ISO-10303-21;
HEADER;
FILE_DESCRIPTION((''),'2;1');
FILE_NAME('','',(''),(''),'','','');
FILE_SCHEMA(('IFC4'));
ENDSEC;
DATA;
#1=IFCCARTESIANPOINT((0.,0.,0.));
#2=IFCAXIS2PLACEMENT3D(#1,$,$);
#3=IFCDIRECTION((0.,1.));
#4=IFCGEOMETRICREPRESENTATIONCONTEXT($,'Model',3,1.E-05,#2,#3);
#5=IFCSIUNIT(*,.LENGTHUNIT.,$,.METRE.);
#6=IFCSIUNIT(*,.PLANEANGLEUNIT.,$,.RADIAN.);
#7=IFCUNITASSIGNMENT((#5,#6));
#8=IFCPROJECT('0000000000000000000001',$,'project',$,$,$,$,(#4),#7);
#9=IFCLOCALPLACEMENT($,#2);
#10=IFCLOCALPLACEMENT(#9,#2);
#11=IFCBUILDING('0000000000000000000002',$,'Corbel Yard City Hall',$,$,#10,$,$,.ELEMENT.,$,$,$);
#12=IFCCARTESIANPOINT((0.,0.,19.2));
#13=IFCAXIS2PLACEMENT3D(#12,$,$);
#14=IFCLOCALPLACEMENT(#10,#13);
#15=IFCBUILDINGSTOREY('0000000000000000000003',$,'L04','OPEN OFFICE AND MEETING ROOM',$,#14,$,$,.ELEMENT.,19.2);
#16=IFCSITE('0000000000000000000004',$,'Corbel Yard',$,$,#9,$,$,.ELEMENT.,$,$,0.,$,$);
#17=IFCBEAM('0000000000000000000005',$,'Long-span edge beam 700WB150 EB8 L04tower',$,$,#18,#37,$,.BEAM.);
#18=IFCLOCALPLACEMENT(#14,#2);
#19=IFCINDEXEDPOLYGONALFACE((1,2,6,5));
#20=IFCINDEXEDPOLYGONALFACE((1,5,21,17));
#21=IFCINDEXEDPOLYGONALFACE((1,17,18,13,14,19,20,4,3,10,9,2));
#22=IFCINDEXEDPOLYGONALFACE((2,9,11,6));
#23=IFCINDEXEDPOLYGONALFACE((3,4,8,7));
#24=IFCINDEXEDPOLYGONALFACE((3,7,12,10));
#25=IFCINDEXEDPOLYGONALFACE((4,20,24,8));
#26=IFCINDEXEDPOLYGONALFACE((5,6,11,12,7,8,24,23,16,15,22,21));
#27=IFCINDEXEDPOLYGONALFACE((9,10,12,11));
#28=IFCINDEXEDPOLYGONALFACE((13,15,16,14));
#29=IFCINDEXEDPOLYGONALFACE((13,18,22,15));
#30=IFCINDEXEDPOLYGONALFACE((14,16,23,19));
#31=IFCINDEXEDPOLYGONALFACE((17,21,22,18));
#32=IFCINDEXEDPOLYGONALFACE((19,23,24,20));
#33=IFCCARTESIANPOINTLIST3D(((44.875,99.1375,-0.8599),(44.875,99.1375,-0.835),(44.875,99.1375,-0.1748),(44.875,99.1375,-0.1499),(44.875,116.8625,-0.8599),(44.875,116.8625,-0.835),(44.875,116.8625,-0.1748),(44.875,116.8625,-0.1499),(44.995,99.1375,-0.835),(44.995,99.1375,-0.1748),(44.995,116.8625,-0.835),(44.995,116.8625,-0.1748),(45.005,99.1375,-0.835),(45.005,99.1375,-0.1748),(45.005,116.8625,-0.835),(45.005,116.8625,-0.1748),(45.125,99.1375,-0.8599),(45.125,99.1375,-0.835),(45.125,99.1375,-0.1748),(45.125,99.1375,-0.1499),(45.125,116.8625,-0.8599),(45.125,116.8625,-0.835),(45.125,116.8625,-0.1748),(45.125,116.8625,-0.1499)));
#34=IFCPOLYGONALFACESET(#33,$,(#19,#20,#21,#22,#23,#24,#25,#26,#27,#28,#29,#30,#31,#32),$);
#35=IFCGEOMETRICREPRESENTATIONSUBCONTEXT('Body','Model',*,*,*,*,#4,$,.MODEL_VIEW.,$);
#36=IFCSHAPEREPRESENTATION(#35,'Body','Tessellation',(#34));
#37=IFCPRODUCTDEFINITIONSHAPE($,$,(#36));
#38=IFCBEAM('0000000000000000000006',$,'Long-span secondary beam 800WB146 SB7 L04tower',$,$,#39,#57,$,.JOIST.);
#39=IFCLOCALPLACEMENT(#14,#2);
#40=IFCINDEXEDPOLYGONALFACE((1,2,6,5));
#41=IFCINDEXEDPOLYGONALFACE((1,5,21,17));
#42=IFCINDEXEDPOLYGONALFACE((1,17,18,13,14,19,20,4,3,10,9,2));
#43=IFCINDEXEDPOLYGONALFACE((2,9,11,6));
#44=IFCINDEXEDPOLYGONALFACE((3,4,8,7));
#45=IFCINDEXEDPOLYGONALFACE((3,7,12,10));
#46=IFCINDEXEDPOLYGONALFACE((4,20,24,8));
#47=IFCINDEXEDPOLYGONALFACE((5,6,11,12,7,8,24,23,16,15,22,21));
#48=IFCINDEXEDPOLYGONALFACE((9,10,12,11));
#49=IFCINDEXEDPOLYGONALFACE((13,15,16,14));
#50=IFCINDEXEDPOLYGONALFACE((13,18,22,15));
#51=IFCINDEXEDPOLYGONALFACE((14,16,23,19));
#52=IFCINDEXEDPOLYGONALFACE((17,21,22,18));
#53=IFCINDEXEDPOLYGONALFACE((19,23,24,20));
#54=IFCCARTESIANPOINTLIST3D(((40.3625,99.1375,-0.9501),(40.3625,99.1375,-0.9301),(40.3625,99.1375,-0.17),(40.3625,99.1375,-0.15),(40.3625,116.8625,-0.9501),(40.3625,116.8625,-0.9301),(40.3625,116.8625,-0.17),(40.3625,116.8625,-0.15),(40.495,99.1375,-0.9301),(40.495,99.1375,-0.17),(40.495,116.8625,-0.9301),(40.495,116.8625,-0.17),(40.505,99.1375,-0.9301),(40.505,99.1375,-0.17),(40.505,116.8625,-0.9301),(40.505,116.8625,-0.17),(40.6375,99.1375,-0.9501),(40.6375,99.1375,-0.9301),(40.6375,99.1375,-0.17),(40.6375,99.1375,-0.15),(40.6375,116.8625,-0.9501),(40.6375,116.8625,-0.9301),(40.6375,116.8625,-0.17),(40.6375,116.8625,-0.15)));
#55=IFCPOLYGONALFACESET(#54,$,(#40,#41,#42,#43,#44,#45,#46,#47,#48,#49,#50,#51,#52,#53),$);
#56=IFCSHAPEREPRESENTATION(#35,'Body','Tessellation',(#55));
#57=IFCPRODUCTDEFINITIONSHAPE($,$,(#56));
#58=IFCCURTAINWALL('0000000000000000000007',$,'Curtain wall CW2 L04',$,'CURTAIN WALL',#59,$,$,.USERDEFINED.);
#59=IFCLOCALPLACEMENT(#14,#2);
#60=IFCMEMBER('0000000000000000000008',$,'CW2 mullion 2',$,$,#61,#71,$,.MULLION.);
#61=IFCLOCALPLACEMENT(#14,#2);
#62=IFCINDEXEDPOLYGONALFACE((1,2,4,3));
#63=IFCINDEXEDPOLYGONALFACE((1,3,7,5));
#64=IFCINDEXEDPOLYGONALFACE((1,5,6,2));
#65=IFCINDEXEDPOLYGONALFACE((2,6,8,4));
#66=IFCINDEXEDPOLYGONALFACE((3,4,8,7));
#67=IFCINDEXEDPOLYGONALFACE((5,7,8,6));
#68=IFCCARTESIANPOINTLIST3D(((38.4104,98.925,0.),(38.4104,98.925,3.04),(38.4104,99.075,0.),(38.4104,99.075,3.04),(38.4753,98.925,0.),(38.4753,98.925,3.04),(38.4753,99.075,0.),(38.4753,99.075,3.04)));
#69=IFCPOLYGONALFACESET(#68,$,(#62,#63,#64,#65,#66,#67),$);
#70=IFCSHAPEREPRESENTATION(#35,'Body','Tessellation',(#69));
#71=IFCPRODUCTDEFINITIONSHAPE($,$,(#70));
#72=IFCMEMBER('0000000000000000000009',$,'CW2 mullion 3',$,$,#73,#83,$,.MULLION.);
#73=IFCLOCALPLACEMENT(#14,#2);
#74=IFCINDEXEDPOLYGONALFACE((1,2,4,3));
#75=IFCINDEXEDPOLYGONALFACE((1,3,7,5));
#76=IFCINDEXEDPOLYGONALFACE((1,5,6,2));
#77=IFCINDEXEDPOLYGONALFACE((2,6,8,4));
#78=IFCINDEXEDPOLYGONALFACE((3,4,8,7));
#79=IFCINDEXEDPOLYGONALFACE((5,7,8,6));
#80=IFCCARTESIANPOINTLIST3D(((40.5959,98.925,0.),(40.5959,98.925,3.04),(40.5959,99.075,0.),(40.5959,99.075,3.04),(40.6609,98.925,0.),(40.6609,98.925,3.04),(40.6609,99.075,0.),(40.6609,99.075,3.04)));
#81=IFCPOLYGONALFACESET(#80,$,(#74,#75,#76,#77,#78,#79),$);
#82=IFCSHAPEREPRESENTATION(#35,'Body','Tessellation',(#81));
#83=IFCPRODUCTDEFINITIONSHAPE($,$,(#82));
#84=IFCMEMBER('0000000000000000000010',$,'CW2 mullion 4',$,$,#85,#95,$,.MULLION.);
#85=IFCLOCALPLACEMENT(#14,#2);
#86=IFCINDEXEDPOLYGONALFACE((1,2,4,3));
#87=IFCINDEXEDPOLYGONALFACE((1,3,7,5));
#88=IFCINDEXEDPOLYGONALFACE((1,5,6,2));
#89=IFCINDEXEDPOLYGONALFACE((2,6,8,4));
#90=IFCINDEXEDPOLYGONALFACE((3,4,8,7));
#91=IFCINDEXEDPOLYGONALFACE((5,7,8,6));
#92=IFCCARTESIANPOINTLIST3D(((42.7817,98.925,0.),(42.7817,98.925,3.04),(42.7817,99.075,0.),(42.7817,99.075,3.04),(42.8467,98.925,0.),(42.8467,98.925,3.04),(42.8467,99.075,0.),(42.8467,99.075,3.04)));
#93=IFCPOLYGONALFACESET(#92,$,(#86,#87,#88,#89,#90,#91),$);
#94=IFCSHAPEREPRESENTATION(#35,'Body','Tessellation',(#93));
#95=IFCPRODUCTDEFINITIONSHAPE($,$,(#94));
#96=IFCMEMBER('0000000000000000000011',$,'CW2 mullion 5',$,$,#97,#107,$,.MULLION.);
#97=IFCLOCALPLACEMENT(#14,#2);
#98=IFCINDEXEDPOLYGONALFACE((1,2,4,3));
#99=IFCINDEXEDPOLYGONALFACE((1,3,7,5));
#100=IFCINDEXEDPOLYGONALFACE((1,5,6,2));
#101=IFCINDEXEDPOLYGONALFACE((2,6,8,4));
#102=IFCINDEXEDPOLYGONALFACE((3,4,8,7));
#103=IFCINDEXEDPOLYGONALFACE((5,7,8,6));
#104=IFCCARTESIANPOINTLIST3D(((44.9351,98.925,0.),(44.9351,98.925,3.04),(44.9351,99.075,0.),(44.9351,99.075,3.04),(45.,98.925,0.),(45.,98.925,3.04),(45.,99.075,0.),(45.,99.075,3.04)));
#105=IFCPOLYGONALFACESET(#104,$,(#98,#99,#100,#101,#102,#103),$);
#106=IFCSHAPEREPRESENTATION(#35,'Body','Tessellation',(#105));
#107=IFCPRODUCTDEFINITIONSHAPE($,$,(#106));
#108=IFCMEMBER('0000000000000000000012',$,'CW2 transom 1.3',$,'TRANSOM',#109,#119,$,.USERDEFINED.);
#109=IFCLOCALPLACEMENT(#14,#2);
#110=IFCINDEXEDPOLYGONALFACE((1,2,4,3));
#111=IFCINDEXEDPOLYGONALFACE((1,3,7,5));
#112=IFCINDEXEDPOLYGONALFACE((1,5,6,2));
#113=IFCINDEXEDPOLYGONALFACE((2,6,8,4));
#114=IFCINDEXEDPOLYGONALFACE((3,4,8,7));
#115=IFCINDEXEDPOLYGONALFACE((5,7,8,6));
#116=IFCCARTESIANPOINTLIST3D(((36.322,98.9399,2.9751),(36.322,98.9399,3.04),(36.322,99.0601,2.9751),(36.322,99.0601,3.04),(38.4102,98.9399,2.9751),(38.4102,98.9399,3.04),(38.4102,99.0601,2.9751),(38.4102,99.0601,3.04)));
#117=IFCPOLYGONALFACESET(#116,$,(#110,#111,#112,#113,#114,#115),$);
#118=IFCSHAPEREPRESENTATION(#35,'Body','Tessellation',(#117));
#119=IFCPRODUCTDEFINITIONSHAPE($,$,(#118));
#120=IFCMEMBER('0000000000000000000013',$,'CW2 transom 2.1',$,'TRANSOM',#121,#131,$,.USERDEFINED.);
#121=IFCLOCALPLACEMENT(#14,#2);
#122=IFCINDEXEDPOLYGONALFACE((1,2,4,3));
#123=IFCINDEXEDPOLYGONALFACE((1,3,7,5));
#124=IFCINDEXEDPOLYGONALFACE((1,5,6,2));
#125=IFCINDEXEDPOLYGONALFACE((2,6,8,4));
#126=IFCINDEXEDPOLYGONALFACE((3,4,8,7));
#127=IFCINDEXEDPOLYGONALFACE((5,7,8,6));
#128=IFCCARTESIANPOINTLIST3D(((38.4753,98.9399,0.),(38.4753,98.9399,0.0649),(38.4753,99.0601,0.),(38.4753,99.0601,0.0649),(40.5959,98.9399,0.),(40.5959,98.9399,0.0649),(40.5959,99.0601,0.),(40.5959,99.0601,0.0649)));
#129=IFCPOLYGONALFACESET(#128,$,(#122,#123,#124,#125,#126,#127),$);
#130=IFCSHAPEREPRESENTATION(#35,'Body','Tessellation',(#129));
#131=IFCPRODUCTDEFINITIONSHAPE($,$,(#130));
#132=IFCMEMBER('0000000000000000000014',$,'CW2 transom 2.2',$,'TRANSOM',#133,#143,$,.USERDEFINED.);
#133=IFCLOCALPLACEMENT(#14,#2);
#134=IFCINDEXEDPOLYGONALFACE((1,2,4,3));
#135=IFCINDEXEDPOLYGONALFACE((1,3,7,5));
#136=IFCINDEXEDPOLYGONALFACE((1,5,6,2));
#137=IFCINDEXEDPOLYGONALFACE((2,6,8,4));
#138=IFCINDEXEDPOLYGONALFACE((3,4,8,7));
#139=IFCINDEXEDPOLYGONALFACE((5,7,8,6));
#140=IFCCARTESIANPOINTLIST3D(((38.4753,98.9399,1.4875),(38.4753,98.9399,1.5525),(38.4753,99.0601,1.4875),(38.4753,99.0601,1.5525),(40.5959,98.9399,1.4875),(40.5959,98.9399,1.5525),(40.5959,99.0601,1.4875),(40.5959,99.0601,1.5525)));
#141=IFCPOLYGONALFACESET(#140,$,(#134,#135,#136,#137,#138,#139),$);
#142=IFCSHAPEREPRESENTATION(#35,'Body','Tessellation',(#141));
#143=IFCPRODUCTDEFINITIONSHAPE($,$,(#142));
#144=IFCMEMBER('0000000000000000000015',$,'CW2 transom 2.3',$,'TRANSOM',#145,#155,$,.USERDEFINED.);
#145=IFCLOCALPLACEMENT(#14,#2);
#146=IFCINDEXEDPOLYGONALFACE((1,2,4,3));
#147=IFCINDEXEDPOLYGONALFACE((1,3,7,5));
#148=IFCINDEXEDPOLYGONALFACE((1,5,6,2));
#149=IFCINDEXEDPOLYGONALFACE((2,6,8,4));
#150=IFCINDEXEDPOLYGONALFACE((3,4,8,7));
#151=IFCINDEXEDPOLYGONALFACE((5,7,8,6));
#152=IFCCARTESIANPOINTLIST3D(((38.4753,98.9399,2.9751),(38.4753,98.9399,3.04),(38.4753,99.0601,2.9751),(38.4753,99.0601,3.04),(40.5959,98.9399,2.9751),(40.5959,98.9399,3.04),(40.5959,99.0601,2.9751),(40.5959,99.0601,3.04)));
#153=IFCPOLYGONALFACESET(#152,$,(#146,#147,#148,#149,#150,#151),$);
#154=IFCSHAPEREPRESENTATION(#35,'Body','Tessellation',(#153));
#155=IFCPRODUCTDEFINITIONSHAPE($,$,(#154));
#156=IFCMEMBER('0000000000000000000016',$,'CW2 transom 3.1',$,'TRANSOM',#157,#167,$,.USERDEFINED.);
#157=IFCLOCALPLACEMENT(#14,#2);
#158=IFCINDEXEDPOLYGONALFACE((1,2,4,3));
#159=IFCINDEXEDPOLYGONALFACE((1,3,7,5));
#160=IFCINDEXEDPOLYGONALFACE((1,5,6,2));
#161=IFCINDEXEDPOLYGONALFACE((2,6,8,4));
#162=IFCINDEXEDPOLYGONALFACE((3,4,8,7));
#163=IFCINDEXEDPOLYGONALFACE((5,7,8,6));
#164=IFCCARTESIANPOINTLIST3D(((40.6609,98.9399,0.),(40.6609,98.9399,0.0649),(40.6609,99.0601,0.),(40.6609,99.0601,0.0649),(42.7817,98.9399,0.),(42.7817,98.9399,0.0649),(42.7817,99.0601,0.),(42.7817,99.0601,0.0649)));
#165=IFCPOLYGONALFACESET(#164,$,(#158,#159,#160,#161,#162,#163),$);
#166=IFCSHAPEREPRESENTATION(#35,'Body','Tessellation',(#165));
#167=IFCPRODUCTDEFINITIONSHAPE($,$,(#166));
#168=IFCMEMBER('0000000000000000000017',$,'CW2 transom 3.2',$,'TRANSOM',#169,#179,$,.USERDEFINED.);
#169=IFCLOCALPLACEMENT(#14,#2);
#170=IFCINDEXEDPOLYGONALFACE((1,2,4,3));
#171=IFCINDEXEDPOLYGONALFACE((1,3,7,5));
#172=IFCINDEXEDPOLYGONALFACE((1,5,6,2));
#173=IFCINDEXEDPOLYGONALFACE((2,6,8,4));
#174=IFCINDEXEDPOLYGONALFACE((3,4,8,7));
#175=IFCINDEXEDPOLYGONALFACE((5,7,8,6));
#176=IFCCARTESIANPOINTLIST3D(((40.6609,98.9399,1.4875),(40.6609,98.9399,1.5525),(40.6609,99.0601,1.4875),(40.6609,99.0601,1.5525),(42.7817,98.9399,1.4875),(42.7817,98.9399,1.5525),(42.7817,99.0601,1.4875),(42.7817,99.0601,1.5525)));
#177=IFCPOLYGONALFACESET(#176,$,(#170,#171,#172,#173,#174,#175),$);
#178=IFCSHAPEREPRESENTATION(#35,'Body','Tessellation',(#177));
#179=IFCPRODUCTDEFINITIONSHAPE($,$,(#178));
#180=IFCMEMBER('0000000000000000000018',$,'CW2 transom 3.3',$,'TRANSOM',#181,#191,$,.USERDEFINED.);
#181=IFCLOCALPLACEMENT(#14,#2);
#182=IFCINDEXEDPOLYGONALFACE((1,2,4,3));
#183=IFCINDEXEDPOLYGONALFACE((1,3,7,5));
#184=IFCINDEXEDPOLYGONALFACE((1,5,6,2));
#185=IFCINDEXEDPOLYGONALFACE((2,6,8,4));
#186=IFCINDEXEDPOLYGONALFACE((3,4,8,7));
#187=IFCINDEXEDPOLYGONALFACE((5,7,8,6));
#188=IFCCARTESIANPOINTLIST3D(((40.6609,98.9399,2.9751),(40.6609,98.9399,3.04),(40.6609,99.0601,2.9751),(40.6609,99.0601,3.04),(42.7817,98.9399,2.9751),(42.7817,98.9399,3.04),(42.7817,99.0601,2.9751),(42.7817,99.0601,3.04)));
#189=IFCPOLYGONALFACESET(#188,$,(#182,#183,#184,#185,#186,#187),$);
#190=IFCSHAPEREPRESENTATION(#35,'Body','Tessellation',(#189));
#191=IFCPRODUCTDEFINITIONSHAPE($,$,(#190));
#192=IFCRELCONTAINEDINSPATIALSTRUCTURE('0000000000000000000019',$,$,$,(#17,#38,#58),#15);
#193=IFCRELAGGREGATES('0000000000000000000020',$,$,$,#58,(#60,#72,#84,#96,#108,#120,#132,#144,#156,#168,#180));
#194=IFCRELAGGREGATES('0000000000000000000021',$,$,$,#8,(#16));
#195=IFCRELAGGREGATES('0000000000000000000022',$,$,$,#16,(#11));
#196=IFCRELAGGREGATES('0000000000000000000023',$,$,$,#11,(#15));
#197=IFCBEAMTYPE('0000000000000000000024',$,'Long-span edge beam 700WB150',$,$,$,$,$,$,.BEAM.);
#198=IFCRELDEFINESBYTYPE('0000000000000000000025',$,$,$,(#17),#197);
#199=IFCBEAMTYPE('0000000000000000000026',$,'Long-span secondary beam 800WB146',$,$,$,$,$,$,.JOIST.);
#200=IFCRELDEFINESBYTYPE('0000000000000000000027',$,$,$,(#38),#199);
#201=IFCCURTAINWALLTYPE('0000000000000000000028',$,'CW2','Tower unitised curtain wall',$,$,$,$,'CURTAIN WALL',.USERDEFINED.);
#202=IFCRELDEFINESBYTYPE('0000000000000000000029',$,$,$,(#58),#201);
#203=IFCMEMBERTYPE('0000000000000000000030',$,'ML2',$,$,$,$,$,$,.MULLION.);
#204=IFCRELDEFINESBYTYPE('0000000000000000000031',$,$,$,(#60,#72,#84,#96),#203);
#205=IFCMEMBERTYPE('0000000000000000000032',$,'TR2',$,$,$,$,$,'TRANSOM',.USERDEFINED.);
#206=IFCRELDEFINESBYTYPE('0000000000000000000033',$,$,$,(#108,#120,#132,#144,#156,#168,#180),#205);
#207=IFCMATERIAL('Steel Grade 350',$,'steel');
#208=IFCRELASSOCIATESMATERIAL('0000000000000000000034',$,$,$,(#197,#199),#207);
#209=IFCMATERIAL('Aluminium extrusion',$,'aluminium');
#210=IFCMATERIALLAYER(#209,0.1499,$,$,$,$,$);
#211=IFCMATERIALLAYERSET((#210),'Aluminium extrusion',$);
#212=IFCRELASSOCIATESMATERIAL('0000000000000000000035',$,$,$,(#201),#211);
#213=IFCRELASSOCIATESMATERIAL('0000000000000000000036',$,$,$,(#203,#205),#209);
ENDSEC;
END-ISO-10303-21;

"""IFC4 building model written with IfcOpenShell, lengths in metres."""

from ifc_helpers import new_model, si_unit, direction, frame, origin, origin_2d, place, context, subcontext, project, spatial, rectangle, i_section, extrude, material, layer, layer_set, material_profile, profile_set, type_object, element, aggregate, save


model = new_model("IFC4")

# Units and contexts
model_context = context("Model", 3, precision=1e-05, world=origin(), true_north=direction((0.0, 1.0)))
body_context = subcontext(model_context, "Body", "Model", "MODEL_VIEW")
ifc_project = project(units=[si_unit("LENGTHUNIT", "METRE"), si_unit("PLANEANGLEUNIT", "RADIAN")], contexts=[model_context])

# Site, building, storey
site_placement = place(None, origin())
site = spatial("IfcSite", under=ifc_project, at=site_placement, Name="Corbel Yard", CompositionType="ELEMENT", RefElevation=0.0)
building_placement = place(site_placement, origin())
building = spatial("IfcBuilding", under=site, at=building_placement, Name="Corbel Yard City Hall", CompositionType="ELEMENT")
storey_placement = place(building_placement, frame((0.0, 0.0, 19.2)))
storey = spatial("IfcBuildingStorey", under=building, at=storey_placement, Name="L04", Description="OPEN OFFICE AND MEETING ROOM", CompositionType="ELEMENT", Elevation=19.2)

# Beams
ifc_material_1 = material(Name="Steel Grade 350", Category="steel")
ifc_material_profile_1 = material_profile(ifc_material_1, i_section(OverallWidth=0.25, OverallDepth=0.71, WebThickness=0.01, FlangeThickness=0.0249, at=origin_2d()), Name="700WB150")
ifc_profile_set_1 = profile_set([ifc_material_profile_1], Name="Steel Grade 350")
beam_type_1 = type_object("IfcBeamType", Name="Long-span edge beam 700WB150", PredefinedType="BEAM", material=ifc_profile_set_1)
beam_1_placement = place(storey_placement, frame((45.0, 99.1375, -0.5049), z_axis=(0.0, 1.0, 0.0), x_axis=(-1.0, 0.0, 0.0)))
element("IfcBeam", 1, at=beam_1_placement, inside=storey, type_object=beam_type_1, Name="Long-span edge beam 700WB150 EB8 L04tower", PredefinedType="BEAM", context=body_context, shape_type="SweptSolid", body=[
    extrude(i_section(OverallWidth=0.25, OverallDepth=0.71, WebThickness=0.01, FlangeThickness=0.0249, at=origin_2d()), origin(), (0.0, 0.0, 1.0), 17.7251),
])
ifc_material_profile_2 = material_profile(ifc_material_1, i_section(OverallWidth=0.2749, OverallDepth=0.8, WebThickness=0.01, FlangeThickness=0.02, at=origin_2d()), Name="800WB146")
ifc_profile_set_2 = profile_set([ifc_material_profile_2], Name="Steel Grade 350")
beam_type_2 = type_object("IfcBeamType", Name="Long-span secondary beam 800WB146", PredefinedType="JOIST", material=ifc_profile_set_2)
beam_2_placement = place(storey_placement, frame((40.5, 99.1375, -0.55), z_axis=(0.0, 1.0, 0.0), x_axis=(-1.0, 0.0, 0.0)))
element("IfcBeam", 2, at=beam_2_placement, inside=storey, type_object=beam_type_2, Name="Long-span secondary beam 800WB146 SB7 L04tower", PredefinedType="JOIST", context=body_context, shape_type="SweptSolid", body=[
    extrude(i_section(OverallWidth=0.2749, OverallDepth=0.8, WebThickness=0.01, FlangeThickness=0.02, at=origin_2d()), origin(), (0.0, 0.0, 1.0), 17.7251),
])

# Curtain wall, members
ifc_material_2 = material(Name="Aluminium extrusion", Category="aluminium")
ifc_layer_1 = layer(ifc_material_2, 0.1499)
ifc_layer_set_1 = layer_set([ifc_layer_1], Name="Aluminium extrusion")
curtain_wall_type = type_object("IfcCurtainWallType", Name="CW2", Description="Tower unitised curtain wall", ElementType="CURTAIN WALL", PredefinedType="USERDEFINED", material=ifc_layer_set_1)
curtain_wall_placement = place(storey_placement, origin())
curtain_wall = element("IfcCurtainWall", 3, at=curtain_wall_placement, inside=storey, type_object=curtain_wall_type, Name="Curtain wall CW2 L04", ObjectType="CURTAIN WALL", PredefinedType="USERDEFINED")
ifc_material_profile_3 = material_profile(ifc_material_2, rectangle(XDim=0.1499, YDim=0.0649, at=origin_2d()), Name="150x65")
ifc_profile_set_3 = profile_set([ifc_material_profile_3], Name="Aluminium extrusion")
member_type_1 = type_object("IfcMemberType", Name="ML2", PredefinedType="MULLION", material=ifc_profile_set_3)
member_1_placement = place(storey_placement, frame((38.4429, 99.0, 0.0), z_axis=(0.0, 0.0, 1.0), x_axis=(0.0, 1.0, 0.0)))
member_1 = element("IfcMember", 4, at=member_1_placement, type_object=member_type_1, Name="CW2 mullion 2", PredefinedType="MULLION", context=body_context, shape_type="SweptSolid", body=[
    extrude(rectangle(XDim=0.1499, YDim=0.0649, at=origin_2d()), origin(), (0.0, 0.0, 1.0), 3.04),
])
member_2_placement = place(storey_placement, frame((40.6284, 99.0, 0.0), z_axis=(0.0, 0.0, 1.0), x_axis=(0.0, 1.0, 0.0)))
member_2 = element("IfcMember", 5, at=member_2_placement, type_object=member_type_1, Name="CW2 mullion 3", PredefinedType="MULLION", context=body_context, shape_type="SweptSolid", body=[
    extrude(rectangle(XDim=0.1499, YDim=0.0649, at=origin_2d()), origin(), (0.0, 0.0, 1.0), 3.04),
])
member_3_placement = place(storey_placement, frame((42.8142, 99.0, 0.0), z_axis=(0.0, 0.0, 1.0), x_axis=(0.0, 1.0, 0.0)))
member_3 = element("IfcMember", 6, at=member_3_placement, type_object=member_type_1, Name="CW2 mullion 4", PredefinedType="MULLION", context=body_context, shape_type="SweptSolid", body=[
    extrude(rectangle(XDim=0.1499, YDim=0.0649, at=origin_2d()), origin(), (0.0, 0.0, 1.0), 3.04),
])
member_4_placement = place(storey_placement, frame((44.9675, 99.0, 0.0), z_axis=(0.0, 0.0, 1.0), x_axis=(0.0, 1.0, 0.0)))
member_4 = element("IfcMember", 7, at=member_4_placement, type_object=member_type_1, Name="CW2 mullion 5", PredefinedType="MULLION", context=body_context, shape_type="SweptSolid", body=[
    extrude(rectangle(XDim=0.1499, YDim=0.0649, at=origin_2d()), origin(), (0.0, 0.0, 1.0), 3.04),
])
ifc_material_profile_4 = material_profile(ifc_material_2, rectangle(XDim=0.1201, YDim=0.0649, at=origin_2d()), Name="120x65")
ifc_profile_set_4 = profile_set([ifc_material_profile_4], Name="Aluminium extrusion")
member_type_2 = type_object("IfcMemberType", Name="TR2", ElementType="TRANSOM", PredefinedType="USERDEFINED", material=ifc_profile_set_4)
member_5_placement = place(storey_placement, frame((36.322, 99.0, 3.0076), z_axis=(1.0, 0.0, 0.0), x_axis=(0.0, 1.0, 0.0)))
member_5 = element("IfcMember", 8, at=member_5_placement, type_object=member_type_2, Name="CW2 transom 1.3", ObjectType="TRANSOM", PredefinedType="USERDEFINED", context=body_context, shape_type="SweptSolid", body=[
    extrude(rectangle(XDim=0.1201, YDim=0.0649, at=origin_2d()), origin(), (0.0, 0.0, 1.0), 2.0881),
])
member_6_placement = place(storey_placement, frame((38.4753, 99.0, 0.0325), z_axis=(1.0, 0.0, 0.0), x_axis=(0.0, 1.0, 0.0)))
member_6 = element("IfcMember", 9, at=member_6_placement, type_object=member_type_2, Name="CW2 transom 2.1", ObjectType="TRANSOM", PredefinedType="USERDEFINED", context=body_context, shape_type="SweptSolid", body=[
    extrude(rectangle(XDim=0.1201, YDim=0.0649, at=origin_2d()), origin(), (0.0, 0.0, 1.0), 2.1206),
])
member_7_placement = place(storey_placement, frame((38.4753, 99.0, 1.52), z_axis=(1.0, 0.0, 0.0), x_axis=(0.0, 1.0, 0.0)))
member_7 = element("IfcMember", 10, at=member_7_placement, type_object=member_type_2, Name="CW2 transom 2.2", ObjectType="TRANSOM", PredefinedType="USERDEFINED", context=body_context, shape_type="SweptSolid", body=[
    extrude(rectangle(XDim=0.1201, YDim=0.0649, at=origin_2d()), origin(), (0.0, 0.0, 1.0), 2.1206),
])
member_8_placement = place(storey_placement, frame((38.4753, 99.0, 3.0076), z_axis=(1.0, 0.0, 0.0), x_axis=(0.0, 1.0, 0.0)))
member_8 = element("IfcMember", 11, at=member_8_placement, type_object=member_type_2, Name="CW2 transom 2.3", ObjectType="TRANSOM", PredefinedType="USERDEFINED", context=body_context, shape_type="SweptSolid", body=[
    extrude(rectangle(XDim=0.1201, YDim=0.0649, at=origin_2d()), origin(), (0.0, 0.0, 1.0), 2.1206),
])
member_9_placement = place(storey_placement, frame((40.6609, 99.0, 0.0325), z_axis=(1.0, 0.0, 0.0), x_axis=(0.0, 1.0, 0.0)))
member_9 = element("IfcMember", 12, at=member_9_placement, type_object=member_type_2, Name="CW2 transom 3.1", ObjectType="TRANSOM", PredefinedType="USERDEFINED", context=body_context, shape_type="SweptSolid", body=[
    extrude(rectangle(XDim=0.1201, YDim=0.0649, at=origin_2d()), origin(), (0.0, 0.0, 1.0), 2.1208),
])
member_10_placement = place(storey_placement, frame((40.6609, 99.0, 1.52), z_axis=(1.0, 0.0, 0.0), x_axis=(0.0, 1.0, 0.0)))
member_10 = element("IfcMember", 13, at=member_10_placement, type_object=member_type_2, Name="CW2 transom 3.2", ObjectType="TRANSOM", PredefinedType="USERDEFINED", context=body_context, shape_type="SweptSolid", body=[
    extrude(rectangle(XDim=0.1201, YDim=0.0649, at=origin_2d()), origin(), (0.0, 0.0, 1.0), 2.1208),
])
member_11_placement = place(storey_placement, frame((40.6609, 99.0, 3.0076), z_axis=(1.0, 0.0, 0.0), x_axis=(0.0, 1.0, 0.0)))
member_11 = element("IfcMember", 14, at=member_11_placement, type_object=member_type_2, Name="CW2 transom 3.3", ObjectType="TRANSOM", PredefinedType="USERDEFINED", context=body_context, shape_type="SweptSolid", body=[
    extrude(rectangle(XDim=0.1201, YDim=0.0649, at=origin_2d()), origin(), (0.0, 0.0, 1.0), 2.1208),
])
aggregate(curtain_wall, [member_1, member_2, member_3, member_4, member_5, member_6, member_7, member_8, member_9, member_10, member_11])

save(model, "model.ifc")
